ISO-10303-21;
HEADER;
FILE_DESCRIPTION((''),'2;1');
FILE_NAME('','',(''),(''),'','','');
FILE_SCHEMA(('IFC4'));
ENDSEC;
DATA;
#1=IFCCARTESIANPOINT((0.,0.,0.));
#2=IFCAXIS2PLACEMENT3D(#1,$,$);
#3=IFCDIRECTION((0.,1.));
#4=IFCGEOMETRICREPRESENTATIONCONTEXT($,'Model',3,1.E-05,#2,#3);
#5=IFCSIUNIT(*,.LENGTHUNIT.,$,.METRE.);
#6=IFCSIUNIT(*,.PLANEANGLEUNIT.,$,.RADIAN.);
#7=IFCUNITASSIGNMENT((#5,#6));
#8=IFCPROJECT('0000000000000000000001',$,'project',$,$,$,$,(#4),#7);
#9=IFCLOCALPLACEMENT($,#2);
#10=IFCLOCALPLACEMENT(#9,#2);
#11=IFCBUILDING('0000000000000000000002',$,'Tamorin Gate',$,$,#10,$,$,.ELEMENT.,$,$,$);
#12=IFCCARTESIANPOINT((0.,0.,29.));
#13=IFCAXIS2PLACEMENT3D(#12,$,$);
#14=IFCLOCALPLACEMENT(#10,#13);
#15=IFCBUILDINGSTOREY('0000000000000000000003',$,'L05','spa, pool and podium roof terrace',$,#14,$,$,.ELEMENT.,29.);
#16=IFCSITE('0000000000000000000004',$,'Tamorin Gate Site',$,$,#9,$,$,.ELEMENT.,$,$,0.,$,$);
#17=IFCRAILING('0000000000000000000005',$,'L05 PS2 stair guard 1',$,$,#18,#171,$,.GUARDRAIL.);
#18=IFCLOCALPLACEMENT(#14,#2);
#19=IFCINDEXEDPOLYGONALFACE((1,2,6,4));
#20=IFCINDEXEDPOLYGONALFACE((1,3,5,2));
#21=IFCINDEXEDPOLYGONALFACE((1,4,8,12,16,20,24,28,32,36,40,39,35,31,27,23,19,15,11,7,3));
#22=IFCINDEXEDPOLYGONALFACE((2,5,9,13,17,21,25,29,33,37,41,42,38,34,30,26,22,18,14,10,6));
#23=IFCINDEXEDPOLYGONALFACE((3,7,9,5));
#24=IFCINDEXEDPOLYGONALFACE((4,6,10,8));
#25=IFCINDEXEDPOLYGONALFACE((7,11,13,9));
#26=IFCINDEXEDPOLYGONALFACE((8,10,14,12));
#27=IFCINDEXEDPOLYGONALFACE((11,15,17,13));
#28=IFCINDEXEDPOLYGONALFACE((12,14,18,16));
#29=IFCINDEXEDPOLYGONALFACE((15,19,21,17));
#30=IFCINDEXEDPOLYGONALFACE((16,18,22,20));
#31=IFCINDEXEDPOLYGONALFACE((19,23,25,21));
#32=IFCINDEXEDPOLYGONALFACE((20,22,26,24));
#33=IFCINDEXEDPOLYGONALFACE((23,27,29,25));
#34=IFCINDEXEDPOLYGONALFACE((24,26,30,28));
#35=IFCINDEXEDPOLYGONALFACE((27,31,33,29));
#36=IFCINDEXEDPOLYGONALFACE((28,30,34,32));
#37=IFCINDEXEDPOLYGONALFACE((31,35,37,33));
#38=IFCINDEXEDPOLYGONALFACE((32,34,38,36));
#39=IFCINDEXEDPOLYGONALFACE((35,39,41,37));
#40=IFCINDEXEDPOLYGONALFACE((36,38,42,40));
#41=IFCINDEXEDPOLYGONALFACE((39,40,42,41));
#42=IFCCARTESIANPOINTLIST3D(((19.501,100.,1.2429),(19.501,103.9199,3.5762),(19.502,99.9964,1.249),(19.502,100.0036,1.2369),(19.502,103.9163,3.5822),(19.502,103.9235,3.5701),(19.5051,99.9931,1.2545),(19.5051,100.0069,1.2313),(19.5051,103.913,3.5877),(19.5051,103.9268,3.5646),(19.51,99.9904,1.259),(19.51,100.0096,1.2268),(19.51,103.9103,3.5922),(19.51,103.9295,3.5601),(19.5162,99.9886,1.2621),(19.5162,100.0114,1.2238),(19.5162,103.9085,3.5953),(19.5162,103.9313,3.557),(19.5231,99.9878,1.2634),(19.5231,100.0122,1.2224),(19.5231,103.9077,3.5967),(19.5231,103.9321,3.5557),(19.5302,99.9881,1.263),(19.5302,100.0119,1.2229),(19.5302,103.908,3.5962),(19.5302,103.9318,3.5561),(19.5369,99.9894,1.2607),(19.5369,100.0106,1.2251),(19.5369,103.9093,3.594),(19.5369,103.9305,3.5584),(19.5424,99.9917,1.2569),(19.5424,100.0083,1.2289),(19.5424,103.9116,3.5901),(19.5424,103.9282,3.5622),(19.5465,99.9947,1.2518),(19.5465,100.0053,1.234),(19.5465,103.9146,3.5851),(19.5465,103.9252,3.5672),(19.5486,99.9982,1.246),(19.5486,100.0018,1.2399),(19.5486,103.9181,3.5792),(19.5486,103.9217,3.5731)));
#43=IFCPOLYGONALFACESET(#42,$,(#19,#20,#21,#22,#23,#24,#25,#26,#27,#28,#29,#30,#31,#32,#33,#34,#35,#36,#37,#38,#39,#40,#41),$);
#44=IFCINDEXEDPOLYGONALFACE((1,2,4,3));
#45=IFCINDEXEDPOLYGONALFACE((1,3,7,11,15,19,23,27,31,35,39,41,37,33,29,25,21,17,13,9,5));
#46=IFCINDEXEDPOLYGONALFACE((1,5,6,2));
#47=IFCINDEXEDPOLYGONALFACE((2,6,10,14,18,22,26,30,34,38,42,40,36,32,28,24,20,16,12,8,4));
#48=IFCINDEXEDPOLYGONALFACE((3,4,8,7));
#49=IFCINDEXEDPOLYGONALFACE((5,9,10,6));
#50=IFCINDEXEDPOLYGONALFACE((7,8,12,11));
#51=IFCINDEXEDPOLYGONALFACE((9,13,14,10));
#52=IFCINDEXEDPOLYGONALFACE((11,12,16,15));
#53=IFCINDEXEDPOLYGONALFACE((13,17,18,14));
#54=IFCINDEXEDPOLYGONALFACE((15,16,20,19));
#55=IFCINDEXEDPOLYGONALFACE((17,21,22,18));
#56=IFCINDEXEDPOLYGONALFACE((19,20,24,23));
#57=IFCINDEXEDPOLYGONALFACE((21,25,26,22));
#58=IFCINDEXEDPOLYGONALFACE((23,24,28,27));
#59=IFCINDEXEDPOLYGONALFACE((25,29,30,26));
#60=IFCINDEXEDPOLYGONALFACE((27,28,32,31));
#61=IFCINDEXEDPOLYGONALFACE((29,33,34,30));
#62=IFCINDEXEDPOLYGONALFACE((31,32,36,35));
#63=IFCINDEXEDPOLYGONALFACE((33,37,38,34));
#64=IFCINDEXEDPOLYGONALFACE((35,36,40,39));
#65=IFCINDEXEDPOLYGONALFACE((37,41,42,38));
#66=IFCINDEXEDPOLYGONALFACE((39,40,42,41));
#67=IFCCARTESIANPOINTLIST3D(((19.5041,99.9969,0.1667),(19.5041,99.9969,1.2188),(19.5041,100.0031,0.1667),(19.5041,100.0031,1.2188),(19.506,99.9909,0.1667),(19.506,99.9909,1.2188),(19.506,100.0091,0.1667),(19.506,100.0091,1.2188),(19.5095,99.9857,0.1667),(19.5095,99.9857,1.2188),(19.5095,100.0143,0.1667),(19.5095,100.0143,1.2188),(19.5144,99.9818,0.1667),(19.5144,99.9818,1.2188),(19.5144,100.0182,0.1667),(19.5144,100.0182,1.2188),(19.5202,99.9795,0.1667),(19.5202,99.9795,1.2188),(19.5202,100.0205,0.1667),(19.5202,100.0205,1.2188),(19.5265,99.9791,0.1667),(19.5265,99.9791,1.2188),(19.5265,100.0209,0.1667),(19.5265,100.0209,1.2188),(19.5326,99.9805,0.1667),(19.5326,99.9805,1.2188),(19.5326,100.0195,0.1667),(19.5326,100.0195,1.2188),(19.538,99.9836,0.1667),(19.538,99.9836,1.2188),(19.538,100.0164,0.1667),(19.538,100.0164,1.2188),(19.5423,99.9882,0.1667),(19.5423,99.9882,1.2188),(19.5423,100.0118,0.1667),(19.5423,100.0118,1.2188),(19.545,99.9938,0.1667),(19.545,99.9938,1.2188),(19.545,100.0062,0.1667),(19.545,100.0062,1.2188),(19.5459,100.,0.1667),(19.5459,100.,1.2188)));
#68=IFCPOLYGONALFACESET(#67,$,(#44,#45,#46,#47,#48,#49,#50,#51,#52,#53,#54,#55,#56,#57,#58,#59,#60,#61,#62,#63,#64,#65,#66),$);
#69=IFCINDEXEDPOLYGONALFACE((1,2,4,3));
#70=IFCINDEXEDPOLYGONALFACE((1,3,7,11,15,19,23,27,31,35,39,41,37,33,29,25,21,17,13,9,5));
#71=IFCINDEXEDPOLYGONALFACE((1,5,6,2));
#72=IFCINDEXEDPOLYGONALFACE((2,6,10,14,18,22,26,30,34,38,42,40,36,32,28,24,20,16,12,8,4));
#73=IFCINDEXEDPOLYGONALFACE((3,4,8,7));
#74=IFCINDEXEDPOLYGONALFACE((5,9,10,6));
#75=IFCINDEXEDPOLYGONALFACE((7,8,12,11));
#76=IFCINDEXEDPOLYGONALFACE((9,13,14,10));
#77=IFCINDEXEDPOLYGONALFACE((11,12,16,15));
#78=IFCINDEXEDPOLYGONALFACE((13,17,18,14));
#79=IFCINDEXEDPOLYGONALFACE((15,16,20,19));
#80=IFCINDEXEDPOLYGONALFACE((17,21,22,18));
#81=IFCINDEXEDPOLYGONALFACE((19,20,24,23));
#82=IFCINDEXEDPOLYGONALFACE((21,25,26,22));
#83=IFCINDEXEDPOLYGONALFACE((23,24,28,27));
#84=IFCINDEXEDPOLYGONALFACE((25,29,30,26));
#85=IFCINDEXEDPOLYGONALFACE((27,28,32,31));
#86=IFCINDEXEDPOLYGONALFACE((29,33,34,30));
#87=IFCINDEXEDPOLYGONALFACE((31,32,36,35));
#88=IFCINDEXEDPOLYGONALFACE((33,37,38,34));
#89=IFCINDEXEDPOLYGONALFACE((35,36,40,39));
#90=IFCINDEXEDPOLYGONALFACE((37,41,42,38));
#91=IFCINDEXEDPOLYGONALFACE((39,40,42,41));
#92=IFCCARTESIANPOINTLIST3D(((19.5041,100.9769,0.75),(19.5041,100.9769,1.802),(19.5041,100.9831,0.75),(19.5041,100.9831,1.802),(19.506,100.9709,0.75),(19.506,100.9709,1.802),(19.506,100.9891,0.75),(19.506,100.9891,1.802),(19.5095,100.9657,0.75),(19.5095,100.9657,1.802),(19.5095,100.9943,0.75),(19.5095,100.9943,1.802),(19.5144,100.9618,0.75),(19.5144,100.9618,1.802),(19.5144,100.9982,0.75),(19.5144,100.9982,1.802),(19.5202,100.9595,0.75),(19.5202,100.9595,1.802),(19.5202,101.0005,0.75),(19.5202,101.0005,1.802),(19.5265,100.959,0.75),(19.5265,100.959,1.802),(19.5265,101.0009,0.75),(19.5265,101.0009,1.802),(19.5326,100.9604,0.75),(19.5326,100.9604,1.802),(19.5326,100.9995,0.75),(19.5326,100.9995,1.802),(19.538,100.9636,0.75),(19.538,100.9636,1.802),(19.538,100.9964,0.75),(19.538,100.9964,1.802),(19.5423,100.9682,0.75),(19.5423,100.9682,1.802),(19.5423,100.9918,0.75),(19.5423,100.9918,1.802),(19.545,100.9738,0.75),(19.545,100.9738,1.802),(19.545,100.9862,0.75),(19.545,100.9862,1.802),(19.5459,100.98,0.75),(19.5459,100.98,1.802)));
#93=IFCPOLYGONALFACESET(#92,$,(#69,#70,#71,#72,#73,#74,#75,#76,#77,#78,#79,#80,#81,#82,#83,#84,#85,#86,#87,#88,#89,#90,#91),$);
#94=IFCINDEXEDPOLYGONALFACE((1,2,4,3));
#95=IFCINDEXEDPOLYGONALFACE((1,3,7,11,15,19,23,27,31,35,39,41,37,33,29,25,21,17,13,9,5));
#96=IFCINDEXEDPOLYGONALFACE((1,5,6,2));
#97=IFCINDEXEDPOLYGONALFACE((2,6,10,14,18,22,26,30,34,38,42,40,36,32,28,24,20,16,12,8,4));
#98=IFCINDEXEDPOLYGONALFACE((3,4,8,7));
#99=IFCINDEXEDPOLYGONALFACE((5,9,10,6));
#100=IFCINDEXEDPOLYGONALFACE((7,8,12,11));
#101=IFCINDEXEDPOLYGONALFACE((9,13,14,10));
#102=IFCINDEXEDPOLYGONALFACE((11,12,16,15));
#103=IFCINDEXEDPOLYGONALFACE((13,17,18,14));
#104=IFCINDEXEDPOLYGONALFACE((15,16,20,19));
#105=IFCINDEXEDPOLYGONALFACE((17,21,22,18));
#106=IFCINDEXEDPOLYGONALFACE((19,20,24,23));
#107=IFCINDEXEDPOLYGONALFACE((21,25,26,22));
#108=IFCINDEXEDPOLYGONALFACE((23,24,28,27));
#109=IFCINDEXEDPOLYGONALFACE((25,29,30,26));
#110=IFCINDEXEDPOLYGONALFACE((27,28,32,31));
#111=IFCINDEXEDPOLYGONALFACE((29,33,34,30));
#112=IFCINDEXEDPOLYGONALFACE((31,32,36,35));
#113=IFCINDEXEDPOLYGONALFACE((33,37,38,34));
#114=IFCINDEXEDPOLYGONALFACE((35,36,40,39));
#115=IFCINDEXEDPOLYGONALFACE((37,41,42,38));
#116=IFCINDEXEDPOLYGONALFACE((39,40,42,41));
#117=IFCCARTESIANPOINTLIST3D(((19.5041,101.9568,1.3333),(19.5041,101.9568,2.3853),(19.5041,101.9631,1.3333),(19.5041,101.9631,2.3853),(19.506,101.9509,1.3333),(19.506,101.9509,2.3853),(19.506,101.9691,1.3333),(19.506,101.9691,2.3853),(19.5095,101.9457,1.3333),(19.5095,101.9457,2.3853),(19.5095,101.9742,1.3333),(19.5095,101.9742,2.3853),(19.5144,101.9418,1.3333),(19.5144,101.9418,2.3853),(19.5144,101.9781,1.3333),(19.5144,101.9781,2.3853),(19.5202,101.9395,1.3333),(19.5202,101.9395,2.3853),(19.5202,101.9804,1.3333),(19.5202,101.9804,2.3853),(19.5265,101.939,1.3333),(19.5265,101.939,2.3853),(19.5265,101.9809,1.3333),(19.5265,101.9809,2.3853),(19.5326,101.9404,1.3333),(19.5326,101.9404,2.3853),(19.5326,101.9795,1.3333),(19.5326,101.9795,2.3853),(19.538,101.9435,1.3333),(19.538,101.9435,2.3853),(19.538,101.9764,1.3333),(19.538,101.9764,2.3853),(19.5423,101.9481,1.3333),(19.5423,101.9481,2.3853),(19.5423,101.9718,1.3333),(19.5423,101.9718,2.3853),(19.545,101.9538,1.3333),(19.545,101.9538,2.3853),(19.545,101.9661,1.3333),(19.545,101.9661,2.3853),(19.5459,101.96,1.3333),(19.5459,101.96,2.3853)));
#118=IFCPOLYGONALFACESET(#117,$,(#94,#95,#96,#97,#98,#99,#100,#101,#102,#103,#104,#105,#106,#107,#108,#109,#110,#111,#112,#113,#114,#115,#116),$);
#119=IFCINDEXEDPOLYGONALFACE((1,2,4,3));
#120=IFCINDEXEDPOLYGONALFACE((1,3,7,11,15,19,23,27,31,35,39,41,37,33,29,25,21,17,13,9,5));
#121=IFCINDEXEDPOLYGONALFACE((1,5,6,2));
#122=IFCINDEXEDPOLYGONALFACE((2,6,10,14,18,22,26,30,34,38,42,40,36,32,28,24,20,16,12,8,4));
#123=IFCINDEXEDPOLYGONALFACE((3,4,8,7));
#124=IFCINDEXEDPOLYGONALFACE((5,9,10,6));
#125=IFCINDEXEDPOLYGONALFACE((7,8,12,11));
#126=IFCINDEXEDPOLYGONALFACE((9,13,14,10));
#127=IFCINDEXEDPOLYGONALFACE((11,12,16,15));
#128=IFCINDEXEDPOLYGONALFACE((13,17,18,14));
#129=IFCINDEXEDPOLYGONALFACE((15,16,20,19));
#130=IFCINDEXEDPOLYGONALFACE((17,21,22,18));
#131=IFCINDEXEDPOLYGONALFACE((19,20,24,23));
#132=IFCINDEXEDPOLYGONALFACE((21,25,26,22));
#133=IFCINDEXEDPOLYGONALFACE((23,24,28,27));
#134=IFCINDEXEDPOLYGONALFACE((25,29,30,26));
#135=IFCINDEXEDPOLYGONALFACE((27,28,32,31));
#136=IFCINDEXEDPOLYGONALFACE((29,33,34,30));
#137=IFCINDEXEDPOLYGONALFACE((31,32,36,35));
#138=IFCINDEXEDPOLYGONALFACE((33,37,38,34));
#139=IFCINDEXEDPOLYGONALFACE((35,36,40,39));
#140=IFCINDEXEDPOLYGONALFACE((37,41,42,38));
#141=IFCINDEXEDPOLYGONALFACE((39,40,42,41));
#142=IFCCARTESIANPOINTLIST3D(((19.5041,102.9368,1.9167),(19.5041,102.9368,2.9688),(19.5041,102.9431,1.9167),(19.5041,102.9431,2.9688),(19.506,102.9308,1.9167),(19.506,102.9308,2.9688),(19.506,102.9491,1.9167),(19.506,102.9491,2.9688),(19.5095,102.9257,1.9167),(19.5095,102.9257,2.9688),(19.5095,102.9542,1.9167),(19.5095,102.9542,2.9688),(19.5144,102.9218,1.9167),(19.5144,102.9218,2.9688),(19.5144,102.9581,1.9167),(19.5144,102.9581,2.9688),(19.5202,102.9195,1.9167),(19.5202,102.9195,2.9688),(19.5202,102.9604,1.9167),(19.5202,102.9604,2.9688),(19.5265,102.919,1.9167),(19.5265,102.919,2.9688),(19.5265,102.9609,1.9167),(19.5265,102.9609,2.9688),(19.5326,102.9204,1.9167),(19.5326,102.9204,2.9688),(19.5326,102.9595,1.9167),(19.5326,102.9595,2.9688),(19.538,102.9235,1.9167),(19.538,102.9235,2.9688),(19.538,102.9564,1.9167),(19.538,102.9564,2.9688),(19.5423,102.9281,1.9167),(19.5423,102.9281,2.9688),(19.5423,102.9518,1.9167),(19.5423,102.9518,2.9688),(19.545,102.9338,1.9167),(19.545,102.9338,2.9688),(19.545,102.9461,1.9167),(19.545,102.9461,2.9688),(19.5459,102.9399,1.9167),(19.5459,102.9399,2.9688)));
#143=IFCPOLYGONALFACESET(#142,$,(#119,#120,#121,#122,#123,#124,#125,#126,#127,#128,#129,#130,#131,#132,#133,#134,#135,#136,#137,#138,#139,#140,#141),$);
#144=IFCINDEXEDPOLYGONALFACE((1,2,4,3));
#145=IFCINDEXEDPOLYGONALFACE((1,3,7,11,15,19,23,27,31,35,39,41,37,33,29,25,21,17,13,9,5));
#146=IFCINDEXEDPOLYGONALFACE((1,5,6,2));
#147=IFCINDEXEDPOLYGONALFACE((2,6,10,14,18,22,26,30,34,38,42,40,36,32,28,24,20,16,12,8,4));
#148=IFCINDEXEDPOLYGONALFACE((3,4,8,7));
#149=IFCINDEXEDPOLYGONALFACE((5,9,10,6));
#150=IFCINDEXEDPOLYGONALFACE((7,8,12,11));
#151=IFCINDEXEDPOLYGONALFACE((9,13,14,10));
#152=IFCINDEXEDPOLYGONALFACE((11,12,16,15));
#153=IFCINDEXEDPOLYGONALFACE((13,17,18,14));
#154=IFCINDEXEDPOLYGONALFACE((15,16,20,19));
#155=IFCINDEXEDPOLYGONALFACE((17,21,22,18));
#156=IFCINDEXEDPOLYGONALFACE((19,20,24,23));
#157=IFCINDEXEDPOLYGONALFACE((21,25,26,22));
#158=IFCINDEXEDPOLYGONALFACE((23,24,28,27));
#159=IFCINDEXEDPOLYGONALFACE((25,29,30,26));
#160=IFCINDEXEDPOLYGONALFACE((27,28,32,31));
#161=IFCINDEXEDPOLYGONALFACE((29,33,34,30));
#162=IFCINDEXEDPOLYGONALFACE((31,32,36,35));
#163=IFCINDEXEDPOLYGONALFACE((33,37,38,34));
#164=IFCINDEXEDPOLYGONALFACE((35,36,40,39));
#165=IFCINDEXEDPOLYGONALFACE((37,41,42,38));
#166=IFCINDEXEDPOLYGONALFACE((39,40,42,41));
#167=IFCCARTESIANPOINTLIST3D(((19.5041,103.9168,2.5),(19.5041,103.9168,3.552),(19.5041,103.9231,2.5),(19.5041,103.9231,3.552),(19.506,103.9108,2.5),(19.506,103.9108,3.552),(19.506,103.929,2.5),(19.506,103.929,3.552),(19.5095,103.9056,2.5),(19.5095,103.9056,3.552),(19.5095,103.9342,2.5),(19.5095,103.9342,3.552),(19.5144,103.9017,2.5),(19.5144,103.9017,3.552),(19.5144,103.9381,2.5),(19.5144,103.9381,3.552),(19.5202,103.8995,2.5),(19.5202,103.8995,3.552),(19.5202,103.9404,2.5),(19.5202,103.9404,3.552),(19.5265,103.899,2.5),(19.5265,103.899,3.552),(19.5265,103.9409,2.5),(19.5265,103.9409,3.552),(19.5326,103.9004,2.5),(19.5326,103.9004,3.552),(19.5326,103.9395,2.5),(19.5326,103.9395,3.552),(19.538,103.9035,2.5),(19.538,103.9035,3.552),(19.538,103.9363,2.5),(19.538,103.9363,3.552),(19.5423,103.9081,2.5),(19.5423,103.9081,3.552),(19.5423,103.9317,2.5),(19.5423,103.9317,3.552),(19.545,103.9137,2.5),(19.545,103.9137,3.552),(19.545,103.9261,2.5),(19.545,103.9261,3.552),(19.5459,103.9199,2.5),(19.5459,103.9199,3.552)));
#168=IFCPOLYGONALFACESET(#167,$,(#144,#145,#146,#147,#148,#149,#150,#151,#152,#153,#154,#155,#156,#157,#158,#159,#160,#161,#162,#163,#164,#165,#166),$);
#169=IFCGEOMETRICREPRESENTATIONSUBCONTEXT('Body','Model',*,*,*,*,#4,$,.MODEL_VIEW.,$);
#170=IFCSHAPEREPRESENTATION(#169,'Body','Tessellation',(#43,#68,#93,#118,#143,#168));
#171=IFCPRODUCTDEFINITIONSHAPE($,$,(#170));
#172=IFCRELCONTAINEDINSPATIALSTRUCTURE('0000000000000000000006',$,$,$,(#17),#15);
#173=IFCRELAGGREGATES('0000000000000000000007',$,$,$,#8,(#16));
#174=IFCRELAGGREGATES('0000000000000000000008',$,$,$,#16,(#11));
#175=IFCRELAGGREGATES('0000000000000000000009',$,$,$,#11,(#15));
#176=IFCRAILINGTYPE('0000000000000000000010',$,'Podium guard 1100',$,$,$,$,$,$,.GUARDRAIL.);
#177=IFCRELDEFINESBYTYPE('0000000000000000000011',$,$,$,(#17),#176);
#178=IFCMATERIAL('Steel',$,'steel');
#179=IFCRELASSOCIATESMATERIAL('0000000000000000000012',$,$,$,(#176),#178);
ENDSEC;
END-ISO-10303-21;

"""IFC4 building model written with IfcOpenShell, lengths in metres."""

from ifc_helpers import new_model, si_unit, direction, frame, origin, origin_2d, place, context, subcontext, project, spatial, circle, extrude, material, type_object, element, save


model = new_model("IFC4")

# Units and contexts
model_context = context("Model", 3, precision=1e-05, world=origin(), true_north=direction((0.0, 1.0)))
body_context = subcontext(model_context, "Body", "Model", "MODEL_VIEW")
ifc_project = project(units=[si_unit("LENGTHUNIT", "METRE"), si_unit("PLANEANGLEUNIT", "RADIAN")], contexts=[model_context])

# Site, building, storey
site_placement = place(None, origin())
site = spatial("IfcSite", under=ifc_project, at=site_placement, Name="Tamorin Gate Site", CompositionType="ELEMENT", RefElevation=0.0)
building_placement = place(site_placement, origin())
building = spatial("IfcBuilding", under=site, at=building_placement, Name="Tamorin Gate", CompositionType="ELEMENT")
storey_placement = place(building_placement, frame((0.0, 0.0, 29.0)))
storey = spatial("IfcBuildingStorey", under=building, at=storey_placement, Name="L05", Description="spa, pool and podium roof terrace", CompositionType="ELEMENT", Elevation=29.0)

# Railing
ifc_material_1 = material(Name="Steel", Category="steel")
railing_type_1 = type_object("IfcRailingType", Name="Podium guard 1100", PredefinedType="GUARDRAIL", material=ifc_material_1)
railing_1_placement = place(storey_placement, frame((19.5249, 100.0, 0.1667)))
element("IfcRailing", 1, at=railing_1_placement, inside=storey, type_object=railing_type_1, Name="L05 PS2 stair guard 1", PredefinedType="GUARDRAIL", context=body_context, shape_type="SweptSolid", body=[
    extrude(circle(Radius=0.0239, at=origin_2d()), frame((0.0, 0.0, 1.0762), z_axis=(0.0, 0.859296, 0.511478), x_axis=(-1.0, 0.0, 0.0)), (0.0, 0.0, 1.0), 4.5618),
    extrude(circle(Radius=0.021, at=origin_2d()), origin(), (0.0, 0.0, 1.0), 1.052),
    extrude(circle(Radius=0.021, at=origin_2d()), frame((0.0, 0.98, 0.5833)), (0.0, 0.0, 1.0), 1.052),
    extrude(circle(Radius=0.021, at=origin_2d()), frame((0.0, 1.96, 1.1665)), (0.0, 0.0, 1.0), 1.052),
    extrude(circle(Radius=0.021, at=origin_2d()), frame((0.0, 2.9399, 1.75)), (0.0, 0.0, 1.0), 1.052),
    extrude(circle(Radius=0.021, at=origin_2d()), frame((0.0, 3.9199, 2.3333)), (0.0, 0.0, 1.0), 1.052),
])

save(model, "model.ifc")
